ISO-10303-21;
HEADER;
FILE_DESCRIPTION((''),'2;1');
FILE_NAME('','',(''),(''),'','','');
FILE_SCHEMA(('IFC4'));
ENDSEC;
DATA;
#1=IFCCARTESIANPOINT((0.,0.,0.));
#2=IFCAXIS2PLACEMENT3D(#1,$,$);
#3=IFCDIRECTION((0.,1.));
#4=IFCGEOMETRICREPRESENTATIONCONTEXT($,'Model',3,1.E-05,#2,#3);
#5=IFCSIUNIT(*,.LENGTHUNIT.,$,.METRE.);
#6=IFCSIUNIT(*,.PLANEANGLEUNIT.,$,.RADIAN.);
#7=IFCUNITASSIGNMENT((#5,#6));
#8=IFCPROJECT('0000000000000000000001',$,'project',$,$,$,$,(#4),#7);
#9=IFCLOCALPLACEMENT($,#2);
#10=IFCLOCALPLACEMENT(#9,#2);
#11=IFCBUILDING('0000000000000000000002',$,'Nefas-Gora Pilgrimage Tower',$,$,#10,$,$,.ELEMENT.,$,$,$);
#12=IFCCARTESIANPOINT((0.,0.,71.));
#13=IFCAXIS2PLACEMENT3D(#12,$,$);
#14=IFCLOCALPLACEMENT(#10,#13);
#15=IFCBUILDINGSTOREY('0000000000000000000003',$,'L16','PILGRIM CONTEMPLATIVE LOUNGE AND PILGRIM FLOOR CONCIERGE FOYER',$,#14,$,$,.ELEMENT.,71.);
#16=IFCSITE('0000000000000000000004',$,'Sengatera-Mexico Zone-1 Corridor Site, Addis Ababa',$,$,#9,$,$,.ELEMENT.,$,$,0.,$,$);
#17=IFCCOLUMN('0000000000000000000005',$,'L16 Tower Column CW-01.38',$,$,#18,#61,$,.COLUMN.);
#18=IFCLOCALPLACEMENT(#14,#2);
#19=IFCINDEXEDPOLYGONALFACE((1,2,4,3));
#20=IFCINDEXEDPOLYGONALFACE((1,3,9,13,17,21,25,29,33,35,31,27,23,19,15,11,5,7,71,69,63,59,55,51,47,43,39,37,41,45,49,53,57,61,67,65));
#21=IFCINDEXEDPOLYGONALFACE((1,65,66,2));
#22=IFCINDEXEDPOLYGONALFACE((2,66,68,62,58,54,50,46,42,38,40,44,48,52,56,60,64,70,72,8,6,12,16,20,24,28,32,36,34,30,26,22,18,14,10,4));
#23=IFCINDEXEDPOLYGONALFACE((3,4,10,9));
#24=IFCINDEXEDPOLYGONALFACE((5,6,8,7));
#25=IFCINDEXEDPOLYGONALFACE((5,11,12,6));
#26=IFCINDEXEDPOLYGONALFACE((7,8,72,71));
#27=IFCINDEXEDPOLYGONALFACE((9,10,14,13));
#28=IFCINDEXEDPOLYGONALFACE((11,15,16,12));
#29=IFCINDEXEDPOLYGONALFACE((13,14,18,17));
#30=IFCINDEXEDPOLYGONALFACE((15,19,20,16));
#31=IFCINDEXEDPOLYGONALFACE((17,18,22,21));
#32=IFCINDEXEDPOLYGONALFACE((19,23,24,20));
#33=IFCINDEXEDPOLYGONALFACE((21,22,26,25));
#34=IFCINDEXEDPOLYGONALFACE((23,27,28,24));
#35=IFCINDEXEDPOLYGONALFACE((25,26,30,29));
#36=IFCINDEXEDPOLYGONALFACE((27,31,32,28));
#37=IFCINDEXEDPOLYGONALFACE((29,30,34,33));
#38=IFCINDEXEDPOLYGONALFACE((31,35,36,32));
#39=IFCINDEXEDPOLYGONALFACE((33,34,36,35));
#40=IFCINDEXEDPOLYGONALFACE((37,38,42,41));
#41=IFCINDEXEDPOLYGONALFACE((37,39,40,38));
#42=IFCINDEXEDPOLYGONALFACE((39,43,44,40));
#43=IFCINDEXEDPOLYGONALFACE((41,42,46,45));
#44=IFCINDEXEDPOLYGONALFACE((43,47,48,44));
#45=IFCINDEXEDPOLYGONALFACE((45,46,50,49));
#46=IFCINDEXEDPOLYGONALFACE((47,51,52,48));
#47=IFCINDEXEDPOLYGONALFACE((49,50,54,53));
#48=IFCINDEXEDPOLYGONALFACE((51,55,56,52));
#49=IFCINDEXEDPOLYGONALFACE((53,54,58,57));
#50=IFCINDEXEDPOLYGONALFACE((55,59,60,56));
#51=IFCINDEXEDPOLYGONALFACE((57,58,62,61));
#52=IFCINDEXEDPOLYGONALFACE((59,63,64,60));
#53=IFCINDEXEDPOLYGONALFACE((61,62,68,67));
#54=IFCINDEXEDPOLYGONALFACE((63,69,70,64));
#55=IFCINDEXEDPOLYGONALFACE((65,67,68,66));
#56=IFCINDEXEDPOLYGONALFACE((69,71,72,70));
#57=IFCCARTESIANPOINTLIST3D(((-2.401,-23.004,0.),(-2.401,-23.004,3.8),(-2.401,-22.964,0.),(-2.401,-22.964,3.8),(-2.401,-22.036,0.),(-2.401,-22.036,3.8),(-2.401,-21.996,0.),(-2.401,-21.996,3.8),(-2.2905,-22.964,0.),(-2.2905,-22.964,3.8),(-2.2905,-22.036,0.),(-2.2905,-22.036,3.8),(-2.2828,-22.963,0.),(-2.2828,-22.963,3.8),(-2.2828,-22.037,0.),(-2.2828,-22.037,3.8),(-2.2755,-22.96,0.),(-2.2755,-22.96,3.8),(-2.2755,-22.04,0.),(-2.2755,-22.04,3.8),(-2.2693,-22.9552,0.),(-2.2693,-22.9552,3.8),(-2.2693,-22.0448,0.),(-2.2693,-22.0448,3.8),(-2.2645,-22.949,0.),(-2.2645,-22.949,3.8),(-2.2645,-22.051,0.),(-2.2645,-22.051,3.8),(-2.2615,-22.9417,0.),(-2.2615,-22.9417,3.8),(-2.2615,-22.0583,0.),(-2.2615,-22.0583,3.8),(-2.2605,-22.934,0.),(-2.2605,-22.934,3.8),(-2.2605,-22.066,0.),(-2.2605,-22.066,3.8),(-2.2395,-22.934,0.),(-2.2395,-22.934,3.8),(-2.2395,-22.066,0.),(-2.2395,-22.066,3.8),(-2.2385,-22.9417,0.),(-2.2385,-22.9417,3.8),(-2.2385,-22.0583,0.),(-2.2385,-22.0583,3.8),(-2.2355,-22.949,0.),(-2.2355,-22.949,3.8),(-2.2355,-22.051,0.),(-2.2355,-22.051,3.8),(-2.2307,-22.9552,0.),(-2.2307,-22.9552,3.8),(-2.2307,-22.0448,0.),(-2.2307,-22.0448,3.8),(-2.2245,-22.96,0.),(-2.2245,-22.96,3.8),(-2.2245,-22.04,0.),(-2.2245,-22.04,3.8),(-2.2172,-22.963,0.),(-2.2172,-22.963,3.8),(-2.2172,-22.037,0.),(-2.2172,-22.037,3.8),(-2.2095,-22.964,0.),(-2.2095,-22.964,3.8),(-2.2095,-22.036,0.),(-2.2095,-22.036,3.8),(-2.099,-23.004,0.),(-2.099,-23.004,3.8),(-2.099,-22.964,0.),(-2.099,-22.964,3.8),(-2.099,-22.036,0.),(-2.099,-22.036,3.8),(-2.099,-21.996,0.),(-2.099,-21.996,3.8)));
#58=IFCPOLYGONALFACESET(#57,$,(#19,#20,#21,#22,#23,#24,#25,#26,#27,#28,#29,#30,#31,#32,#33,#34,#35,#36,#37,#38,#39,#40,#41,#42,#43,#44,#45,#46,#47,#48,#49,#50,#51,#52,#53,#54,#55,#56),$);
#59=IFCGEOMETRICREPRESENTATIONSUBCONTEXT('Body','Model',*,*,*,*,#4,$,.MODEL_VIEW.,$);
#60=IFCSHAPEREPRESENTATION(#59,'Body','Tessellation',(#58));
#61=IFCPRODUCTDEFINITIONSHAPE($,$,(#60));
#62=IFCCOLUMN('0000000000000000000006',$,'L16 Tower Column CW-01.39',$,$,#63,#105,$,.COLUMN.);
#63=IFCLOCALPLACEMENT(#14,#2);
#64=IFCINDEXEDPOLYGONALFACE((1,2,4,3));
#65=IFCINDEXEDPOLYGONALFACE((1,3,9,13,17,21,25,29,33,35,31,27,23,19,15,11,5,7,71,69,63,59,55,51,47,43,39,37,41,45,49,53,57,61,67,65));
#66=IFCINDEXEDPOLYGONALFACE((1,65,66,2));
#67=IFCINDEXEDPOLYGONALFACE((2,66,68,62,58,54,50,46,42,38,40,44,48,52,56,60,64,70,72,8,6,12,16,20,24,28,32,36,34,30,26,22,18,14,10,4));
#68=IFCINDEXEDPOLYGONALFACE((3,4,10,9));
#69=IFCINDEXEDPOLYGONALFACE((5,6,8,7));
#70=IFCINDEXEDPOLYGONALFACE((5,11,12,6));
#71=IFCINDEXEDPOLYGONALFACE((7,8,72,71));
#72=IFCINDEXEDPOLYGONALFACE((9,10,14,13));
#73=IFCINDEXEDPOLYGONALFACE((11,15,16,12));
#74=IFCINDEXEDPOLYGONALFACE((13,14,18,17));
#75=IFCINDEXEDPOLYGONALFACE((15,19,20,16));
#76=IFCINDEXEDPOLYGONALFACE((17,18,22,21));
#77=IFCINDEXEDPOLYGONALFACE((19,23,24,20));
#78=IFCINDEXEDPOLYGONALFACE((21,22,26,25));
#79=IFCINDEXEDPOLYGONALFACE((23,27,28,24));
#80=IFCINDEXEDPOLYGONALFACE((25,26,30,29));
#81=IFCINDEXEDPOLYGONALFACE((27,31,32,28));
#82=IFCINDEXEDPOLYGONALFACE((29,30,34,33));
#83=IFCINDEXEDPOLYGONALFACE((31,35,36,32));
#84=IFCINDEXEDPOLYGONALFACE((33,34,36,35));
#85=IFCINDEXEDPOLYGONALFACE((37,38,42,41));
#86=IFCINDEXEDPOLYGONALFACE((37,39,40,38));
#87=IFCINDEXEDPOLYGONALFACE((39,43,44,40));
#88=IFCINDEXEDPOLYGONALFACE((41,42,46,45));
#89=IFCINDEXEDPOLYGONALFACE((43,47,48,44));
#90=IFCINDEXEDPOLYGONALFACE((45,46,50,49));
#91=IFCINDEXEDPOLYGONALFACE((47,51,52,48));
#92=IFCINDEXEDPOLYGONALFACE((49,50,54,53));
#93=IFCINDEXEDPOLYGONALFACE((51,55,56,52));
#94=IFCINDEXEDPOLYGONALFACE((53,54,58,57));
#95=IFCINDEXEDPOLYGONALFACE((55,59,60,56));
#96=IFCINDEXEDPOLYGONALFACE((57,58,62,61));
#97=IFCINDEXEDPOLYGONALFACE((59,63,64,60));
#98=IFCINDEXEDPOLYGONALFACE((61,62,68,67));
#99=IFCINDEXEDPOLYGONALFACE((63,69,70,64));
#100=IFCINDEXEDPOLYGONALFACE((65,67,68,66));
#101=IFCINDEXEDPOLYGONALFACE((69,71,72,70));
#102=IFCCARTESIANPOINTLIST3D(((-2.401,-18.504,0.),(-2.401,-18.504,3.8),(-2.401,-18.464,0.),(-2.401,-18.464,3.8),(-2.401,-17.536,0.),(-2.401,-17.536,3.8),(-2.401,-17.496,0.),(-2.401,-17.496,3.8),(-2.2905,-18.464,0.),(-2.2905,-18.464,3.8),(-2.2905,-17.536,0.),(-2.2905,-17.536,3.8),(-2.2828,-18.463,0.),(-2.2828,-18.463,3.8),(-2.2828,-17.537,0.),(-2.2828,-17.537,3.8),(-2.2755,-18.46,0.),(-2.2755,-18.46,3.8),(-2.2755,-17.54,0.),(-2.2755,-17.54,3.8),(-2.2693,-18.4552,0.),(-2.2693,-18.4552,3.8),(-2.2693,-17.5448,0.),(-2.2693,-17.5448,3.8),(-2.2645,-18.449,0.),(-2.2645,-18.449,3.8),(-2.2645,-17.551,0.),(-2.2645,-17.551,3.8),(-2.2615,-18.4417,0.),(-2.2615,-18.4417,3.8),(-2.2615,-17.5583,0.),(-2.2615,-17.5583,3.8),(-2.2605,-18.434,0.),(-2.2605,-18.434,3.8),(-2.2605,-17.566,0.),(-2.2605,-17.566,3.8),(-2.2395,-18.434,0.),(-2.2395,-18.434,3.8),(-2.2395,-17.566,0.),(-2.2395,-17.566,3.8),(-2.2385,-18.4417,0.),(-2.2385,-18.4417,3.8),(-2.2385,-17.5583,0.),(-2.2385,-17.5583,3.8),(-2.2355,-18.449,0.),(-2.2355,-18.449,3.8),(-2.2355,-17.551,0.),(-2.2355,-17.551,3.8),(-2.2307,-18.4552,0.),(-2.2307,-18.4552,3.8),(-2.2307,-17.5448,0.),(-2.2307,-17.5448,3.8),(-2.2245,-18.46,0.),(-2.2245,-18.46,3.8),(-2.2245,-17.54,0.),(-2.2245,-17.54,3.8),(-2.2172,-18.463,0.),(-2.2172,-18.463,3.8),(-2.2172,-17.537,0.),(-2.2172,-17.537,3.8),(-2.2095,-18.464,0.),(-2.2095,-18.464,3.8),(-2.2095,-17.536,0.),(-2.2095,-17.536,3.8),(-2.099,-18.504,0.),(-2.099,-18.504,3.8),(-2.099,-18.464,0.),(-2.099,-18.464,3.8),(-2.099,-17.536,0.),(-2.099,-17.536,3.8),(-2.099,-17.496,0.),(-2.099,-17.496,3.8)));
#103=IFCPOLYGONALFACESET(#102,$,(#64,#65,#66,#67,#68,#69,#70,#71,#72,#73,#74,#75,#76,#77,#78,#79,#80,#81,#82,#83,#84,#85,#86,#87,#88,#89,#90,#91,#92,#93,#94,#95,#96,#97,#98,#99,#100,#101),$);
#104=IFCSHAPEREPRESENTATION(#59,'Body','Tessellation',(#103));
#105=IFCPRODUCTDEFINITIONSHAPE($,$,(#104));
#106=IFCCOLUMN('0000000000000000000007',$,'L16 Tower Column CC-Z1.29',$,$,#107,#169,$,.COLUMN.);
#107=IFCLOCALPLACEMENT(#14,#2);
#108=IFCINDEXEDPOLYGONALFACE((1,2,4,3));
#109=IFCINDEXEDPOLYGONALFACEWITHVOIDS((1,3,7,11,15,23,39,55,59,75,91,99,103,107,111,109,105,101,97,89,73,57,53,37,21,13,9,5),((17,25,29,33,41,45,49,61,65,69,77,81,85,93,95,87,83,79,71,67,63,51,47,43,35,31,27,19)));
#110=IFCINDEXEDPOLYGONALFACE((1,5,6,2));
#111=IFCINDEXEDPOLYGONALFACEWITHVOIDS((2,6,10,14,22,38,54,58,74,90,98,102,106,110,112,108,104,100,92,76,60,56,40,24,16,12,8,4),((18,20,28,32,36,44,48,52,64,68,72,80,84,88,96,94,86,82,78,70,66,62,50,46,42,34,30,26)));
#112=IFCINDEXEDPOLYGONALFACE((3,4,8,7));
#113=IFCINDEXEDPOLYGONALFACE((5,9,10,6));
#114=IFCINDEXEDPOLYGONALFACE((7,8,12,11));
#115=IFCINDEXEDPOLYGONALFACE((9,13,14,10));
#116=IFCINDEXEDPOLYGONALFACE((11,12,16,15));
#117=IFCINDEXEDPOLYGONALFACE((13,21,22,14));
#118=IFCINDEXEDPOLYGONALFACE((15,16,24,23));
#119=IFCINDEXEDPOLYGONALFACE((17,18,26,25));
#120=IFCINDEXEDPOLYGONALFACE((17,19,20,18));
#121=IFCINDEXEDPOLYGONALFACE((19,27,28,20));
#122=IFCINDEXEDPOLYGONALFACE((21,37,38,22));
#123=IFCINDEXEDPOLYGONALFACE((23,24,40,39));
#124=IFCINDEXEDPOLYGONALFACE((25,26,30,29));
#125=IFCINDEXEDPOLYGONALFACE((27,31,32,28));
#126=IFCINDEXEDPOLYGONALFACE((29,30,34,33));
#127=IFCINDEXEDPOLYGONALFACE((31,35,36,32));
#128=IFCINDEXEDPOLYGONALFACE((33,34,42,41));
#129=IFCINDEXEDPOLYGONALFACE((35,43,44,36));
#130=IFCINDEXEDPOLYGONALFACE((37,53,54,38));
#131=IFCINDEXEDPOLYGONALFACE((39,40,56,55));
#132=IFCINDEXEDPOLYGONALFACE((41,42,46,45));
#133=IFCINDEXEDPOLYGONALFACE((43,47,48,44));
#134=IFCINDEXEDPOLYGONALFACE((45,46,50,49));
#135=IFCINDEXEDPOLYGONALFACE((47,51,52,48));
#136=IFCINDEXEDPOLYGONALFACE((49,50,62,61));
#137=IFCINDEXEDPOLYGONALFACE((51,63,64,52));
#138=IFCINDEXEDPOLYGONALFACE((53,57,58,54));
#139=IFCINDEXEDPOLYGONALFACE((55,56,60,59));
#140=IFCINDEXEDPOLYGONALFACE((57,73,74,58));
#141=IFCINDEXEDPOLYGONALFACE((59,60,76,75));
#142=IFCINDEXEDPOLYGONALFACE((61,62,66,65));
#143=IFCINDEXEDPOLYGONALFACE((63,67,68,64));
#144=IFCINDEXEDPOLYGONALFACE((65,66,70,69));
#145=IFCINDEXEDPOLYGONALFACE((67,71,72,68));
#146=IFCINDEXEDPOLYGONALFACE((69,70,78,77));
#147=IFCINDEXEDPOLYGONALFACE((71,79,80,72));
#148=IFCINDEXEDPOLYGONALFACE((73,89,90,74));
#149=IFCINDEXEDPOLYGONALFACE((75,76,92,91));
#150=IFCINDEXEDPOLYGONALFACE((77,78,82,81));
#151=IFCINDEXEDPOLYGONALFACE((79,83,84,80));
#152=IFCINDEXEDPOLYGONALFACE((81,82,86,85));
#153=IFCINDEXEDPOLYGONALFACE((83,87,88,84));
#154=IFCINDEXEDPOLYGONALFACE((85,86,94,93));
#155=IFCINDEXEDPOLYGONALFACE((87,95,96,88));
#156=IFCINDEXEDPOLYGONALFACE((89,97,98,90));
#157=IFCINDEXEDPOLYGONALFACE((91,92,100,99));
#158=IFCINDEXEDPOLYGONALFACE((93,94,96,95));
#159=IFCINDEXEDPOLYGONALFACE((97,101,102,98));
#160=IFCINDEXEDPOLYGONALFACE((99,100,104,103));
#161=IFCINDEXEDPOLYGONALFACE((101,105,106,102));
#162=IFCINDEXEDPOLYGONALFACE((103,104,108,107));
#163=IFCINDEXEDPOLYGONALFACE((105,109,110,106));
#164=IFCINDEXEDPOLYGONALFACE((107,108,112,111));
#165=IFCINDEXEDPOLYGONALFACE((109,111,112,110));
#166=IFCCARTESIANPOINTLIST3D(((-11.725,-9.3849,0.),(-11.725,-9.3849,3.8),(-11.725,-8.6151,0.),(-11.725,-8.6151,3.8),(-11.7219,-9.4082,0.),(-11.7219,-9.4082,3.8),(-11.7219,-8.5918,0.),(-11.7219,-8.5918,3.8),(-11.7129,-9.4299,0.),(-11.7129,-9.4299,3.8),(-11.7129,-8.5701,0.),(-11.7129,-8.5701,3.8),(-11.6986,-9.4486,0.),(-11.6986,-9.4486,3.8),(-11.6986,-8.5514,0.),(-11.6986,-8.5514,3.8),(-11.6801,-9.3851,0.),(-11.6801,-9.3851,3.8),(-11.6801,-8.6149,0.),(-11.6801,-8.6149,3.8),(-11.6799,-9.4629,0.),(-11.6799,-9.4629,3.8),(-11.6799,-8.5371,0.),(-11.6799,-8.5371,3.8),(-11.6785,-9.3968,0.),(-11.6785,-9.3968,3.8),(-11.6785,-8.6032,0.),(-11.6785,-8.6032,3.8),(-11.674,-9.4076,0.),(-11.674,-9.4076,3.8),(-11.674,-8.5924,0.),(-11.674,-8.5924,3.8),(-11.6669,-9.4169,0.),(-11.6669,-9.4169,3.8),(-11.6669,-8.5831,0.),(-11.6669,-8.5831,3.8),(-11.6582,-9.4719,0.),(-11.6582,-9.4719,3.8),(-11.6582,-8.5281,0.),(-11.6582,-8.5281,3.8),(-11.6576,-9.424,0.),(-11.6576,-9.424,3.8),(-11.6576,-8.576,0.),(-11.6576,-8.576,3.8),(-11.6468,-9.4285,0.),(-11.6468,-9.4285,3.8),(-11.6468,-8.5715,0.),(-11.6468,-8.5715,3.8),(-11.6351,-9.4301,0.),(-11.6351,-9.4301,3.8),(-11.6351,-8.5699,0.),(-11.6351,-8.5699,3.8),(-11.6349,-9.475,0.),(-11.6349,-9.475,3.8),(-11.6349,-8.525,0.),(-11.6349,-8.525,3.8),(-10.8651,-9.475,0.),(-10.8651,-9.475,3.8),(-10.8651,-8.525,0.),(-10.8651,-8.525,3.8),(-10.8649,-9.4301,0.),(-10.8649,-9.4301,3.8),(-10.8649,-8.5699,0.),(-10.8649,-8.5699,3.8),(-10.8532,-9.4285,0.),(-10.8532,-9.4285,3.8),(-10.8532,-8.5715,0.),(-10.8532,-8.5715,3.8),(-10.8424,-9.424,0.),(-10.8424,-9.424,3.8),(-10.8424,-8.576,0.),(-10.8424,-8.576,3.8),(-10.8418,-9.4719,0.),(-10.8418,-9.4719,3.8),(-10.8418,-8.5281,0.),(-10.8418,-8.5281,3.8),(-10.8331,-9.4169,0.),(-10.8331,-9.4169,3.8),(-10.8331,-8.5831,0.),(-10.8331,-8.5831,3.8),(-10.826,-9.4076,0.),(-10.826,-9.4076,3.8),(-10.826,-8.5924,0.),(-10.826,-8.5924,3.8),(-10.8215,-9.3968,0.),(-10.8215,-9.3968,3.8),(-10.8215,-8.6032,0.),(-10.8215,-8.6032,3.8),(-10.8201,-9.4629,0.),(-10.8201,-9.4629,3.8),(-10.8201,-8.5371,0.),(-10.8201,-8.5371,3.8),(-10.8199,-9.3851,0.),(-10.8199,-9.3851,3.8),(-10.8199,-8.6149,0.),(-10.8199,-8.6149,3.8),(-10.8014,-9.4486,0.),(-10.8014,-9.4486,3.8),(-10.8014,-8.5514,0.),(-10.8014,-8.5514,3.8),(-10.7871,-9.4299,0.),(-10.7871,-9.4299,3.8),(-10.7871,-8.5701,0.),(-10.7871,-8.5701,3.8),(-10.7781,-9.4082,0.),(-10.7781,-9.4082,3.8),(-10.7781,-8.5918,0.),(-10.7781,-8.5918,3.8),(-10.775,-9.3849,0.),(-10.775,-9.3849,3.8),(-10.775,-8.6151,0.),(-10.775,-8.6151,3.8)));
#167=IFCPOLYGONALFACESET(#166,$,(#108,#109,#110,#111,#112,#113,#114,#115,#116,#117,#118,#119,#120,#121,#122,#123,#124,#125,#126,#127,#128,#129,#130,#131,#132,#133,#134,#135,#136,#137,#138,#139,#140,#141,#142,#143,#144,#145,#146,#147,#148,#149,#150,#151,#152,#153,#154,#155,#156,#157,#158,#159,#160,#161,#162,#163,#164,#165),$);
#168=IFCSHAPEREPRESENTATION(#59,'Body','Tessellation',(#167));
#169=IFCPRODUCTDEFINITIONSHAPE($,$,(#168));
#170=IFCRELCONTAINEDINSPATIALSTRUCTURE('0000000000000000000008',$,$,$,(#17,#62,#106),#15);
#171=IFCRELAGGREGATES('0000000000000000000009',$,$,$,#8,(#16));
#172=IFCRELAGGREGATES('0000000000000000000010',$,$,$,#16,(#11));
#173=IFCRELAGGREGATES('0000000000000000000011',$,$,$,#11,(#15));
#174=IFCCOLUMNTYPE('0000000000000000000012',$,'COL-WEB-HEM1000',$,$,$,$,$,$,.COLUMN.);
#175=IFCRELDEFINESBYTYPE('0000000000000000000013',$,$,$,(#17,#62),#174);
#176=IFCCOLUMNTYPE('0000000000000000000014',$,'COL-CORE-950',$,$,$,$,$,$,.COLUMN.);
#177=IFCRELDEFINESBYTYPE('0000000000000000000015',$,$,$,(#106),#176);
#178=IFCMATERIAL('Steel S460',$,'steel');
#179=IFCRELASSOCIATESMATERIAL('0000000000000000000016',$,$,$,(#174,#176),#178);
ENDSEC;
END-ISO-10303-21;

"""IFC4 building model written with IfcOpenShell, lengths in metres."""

from ifc_helpers import new_model, si_unit, direction, frame, origin, origin_2d, place, context, subcontext, project, spatial, hollow_rectangle, i_section, extrude, source, transform, mapped, material, material_profile, profile_set, type_object, element, save


model = new_model("IFC4")

# Units and contexts
model_context = context("Model", 3, precision=1e-05, world=origin(), true_north=direction((0.0, 1.0)))
body_context = subcontext(model_context, "Body", "Model", "MODEL_VIEW")
ifc_project = project(units=[si_unit("LENGTHUNIT", "METRE"), si_unit("PLANEANGLEUNIT", "RADIAN")], contexts=[model_context])

# Site, building, storey
site_placement = place(None, origin())
site = spatial("IfcSite", under=ifc_project, at=site_placement, Name="Sengatera-Mexico Zone-1 Corridor Site, Addis Ababa", CompositionType="ELEMENT", RefElevation=0.0)
building_placement = place(site_placement, origin())
building = spatial("IfcBuilding", under=site, at=building_placement, Name="Nefas-Gora Pilgrimage Tower", CompositionType="ELEMENT")
storey_placement = place(building_placement, frame((0.0, 0.0, 71.0)))
storey = spatial("IfcBuildingStorey", under=building, at=storey_placement, Name="L16", Description="PILGRIM CONTEMPLATIVE LOUNGE AND PILGRIM FLOOR CONCIERGE FOYER", CompositionType="ELEMENT", Elevation=71.0)

# Columns
ifc_material_1 = material(Name="Steel S460", Category="steel")
ifc_material_profile_1 = material_profile(ifc_material_1, i_section(OverallWidth=0.302, OverallDepth=1.0081, WebThickness=0.021, FlangeThickness=0.04, FilletRadius=0.03, at=origin_2d()), Name="HEM 1000")
ifc_profile_set_1 = profile_set([ifc_material_profile_1], Name="Steel S460")
column_type_1 = type_object("IfcColumnType", Name="COL-WEB-HEM1000", PredefinedType="COLUMN", material=ifc_profile_set_1)
shared_shape_1 = source(origin(), body_context, "Body", "SweptSolid", [
    extrude(i_section(OverallWidth=0.302, OverallDepth=1.0081, WebThickness=0.021, FlangeThickness=0.04, FilletRadius=0.03, at=origin_2d()), origin(), (0.0, 0.0, 1.0), 3.8),
])
for number, where, z_axis, x_axis, name in (
    (1, (-2.25, -22.5, 0.0), (0.0, 0.0, 1.0), (1.0, 0.0, 0.0), "L16 Tower Column CW-01.38"),
    (2, (-2.25, -18.0, 0.0), (0.0, 0.0, 1.0), (1.0, 0.0, 0.0), "L16 Tower Column CW-01.39"),
):
    element("IfcColumn", number, at=place(storey_placement, frame(where, z_axis=z_axis, x_axis=x_axis)), inside=storey, type_object=column_type_1, Name=name, PredefinedType="COLUMN", context=body_context, shape_type="MappedRepresentation", body=[
        mapped(shared_shape_1, transform((0.0, 0.0, 0.0), x_axis=(1.0, 0.0, 0.0), y_axis=(0.0, 1.0, 0.0), z_axis=(0.0, 0.0, 1.0), scale=1.0)),
    ])
ifc_material_profile_2 = material_profile(ifc_material_1, hollow_rectangle(XDim=0.95, YDim=0.95, WallThickness=0.0449, InnerFilletRadius=0.0449, OuterFilletRadius=0.0901, at=origin_2d()), Name="BOX 950x950x45")
ifc_profile_set_2 = profile_set([ifc_material_profile_2], Name="Steel S460")
column_type_2 = type_object("IfcColumnType", Name="COL-CORE-950", PredefinedType="COLUMN", material=ifc_profile_set_2)
shared_shape_2 = source(origin(), body_context, "Body", "SweptSolid", [
    extrude(hollow_rectangle(XDim=0.95, YDim=0.95, WallThickness=0.0449, InnerFilletRadius=0.0449, OuterFilletRadius=0.0901, at=origin_2d()), origin(), (0.0, 0.0, 1.0), 3.8),
])
column_1_placement = place(storey_placement, frame((-11.25, -9.0, 0.0), z_axis=(0.0, 0.0, 1.0), x_axis=(1.0, 0.0, 0.0)))
element("IfcColumn", 3, at=column_1_placement, inside=storey, type_object=column_type_2, Name="L16 Tower Column CC-Z1.29", PredefinedType="COLUMN", context=body_context, shape_type="MappedRepresentation", body=[
    mapped(shared_shape_2, transform((0.0, 0.0, 0.0), x_axis=(1.0, 0.0, 0.0), y_axis=(0.0, 1.0, 0.0), z_axis=(0.0, 0.0, 1.0), scale=1.0)),
])

save(model, "model.ifc")
